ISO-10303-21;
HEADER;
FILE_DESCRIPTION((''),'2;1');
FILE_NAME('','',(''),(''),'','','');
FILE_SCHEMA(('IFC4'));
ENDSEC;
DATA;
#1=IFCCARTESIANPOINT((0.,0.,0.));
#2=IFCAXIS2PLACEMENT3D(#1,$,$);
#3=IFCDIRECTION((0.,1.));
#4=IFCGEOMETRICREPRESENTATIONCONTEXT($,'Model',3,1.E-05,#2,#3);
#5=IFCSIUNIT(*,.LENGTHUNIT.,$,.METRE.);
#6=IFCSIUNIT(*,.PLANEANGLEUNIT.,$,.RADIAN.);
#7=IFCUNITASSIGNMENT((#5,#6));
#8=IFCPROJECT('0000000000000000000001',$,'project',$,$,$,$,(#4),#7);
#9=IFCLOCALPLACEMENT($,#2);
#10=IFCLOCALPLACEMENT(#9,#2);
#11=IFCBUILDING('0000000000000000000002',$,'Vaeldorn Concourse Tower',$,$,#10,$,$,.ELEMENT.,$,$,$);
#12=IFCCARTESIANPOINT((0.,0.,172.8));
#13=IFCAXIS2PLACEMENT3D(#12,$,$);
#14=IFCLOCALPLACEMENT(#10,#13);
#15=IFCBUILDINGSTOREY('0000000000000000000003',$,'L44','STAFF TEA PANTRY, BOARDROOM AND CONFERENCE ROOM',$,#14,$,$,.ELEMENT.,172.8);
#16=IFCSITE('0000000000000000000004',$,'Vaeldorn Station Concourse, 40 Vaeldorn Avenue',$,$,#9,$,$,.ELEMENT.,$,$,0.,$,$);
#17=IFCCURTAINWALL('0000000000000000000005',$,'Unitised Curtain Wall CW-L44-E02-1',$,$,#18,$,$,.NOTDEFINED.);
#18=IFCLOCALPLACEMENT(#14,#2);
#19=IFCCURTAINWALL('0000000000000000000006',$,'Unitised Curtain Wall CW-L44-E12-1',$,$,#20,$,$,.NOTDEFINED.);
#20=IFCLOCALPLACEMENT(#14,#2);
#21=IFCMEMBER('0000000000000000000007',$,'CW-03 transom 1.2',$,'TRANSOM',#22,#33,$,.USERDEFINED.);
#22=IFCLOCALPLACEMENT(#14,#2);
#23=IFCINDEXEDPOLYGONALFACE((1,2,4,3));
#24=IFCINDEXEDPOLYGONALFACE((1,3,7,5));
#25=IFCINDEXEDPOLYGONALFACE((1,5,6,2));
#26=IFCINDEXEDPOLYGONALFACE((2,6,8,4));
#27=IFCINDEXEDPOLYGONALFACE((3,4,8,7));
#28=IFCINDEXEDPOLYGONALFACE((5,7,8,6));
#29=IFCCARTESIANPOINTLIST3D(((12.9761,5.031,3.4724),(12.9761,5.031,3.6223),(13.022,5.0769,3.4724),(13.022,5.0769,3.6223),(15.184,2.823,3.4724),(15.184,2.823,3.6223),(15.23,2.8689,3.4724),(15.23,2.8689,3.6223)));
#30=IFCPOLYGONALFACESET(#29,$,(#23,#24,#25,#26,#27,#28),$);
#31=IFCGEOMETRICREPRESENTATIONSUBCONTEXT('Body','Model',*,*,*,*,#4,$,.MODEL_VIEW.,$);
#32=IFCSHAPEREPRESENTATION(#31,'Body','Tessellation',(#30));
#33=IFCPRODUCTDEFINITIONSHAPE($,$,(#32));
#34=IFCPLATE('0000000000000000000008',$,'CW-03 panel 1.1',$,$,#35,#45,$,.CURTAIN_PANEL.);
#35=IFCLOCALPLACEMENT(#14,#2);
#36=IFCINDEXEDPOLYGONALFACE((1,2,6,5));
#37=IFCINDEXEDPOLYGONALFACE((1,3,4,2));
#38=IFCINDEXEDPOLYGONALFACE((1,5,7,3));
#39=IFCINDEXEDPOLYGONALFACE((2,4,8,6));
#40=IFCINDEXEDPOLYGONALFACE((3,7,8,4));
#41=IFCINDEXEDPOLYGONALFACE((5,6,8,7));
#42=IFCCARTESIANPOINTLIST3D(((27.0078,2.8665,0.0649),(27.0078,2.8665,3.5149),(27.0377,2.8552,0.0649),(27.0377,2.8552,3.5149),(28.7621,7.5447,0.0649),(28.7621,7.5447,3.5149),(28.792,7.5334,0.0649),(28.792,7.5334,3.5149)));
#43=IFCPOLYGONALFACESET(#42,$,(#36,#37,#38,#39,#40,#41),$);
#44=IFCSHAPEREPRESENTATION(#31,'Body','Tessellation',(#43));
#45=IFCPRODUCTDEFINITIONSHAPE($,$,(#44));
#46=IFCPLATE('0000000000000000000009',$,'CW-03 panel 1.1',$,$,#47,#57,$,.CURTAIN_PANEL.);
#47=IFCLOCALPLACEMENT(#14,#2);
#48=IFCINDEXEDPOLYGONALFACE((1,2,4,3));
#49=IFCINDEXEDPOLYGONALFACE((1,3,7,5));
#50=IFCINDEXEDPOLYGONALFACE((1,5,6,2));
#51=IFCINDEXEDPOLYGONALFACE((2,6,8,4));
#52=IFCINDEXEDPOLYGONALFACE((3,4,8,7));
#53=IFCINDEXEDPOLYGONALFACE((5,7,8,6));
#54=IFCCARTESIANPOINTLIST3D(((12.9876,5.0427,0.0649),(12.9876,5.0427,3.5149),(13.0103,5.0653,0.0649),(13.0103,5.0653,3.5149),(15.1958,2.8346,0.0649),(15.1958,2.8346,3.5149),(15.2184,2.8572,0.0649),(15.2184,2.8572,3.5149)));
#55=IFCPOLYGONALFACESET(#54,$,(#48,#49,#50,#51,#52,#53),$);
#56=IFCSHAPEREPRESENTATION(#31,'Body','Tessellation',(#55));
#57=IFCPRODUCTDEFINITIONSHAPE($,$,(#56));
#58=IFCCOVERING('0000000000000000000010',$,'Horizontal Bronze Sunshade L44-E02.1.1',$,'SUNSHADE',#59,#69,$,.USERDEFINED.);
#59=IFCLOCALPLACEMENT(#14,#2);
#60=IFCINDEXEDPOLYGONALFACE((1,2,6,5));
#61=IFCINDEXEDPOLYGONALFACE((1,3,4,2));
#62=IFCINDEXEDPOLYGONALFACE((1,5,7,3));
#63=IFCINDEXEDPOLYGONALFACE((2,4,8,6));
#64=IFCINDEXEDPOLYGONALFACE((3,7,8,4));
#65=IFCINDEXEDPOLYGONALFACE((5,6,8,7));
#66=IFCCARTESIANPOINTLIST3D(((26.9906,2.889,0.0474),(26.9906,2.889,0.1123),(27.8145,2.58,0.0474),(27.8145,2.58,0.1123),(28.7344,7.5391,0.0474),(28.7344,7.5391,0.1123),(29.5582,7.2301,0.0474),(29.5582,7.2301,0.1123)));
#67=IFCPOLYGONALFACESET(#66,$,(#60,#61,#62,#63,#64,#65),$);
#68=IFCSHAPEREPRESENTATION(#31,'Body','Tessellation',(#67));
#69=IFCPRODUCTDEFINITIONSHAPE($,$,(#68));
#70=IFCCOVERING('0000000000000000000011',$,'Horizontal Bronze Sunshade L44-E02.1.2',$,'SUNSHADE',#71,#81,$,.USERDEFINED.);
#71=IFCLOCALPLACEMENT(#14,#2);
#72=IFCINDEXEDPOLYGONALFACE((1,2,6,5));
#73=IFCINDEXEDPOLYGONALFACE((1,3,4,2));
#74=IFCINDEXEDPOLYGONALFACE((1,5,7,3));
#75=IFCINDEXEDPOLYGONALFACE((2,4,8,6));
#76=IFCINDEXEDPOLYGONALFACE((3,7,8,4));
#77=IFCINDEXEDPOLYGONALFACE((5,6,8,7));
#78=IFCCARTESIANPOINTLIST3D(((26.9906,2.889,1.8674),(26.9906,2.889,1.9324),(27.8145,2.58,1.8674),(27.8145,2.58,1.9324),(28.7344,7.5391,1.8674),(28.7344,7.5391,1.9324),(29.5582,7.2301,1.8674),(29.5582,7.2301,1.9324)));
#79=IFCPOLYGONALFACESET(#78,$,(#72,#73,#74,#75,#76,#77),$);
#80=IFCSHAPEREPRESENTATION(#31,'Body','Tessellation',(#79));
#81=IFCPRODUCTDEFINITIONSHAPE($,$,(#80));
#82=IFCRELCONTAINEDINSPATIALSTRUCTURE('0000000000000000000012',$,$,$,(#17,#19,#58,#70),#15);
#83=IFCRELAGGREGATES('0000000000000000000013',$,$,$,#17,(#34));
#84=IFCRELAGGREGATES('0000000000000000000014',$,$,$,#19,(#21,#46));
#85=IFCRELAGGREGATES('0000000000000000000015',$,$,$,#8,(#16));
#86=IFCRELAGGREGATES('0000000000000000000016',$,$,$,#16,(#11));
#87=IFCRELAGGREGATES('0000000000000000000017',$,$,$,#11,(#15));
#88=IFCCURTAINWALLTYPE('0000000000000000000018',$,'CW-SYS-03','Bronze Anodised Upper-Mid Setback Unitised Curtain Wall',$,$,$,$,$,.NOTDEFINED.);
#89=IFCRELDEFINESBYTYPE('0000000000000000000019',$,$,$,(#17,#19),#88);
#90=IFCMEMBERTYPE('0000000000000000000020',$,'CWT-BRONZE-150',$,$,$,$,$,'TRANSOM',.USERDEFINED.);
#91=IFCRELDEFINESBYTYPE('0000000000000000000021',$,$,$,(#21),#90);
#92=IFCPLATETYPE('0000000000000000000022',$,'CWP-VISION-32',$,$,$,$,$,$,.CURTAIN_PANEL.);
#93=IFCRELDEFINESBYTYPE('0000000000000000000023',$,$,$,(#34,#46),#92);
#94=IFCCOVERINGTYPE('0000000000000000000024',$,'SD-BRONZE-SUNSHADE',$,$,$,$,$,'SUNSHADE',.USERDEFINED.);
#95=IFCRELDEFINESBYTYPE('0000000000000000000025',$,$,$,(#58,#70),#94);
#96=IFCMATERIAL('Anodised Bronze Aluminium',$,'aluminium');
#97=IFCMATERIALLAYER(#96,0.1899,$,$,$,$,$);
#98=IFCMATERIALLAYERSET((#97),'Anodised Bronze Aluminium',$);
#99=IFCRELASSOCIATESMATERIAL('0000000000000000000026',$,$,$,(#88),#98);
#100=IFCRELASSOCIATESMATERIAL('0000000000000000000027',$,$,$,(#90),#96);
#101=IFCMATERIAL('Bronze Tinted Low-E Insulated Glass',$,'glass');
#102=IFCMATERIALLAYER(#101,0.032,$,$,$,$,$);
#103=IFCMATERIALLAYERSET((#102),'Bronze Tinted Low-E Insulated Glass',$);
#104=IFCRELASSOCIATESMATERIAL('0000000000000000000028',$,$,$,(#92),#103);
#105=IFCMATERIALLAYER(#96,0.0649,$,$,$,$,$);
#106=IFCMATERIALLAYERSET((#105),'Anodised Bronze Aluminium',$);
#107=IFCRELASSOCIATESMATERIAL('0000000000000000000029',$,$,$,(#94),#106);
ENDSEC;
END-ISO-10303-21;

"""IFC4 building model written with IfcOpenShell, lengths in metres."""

from ifc_helpers import new_model, si_unit, direction, frame, origin, origin_2d, place, context, subcontext, project, spatial, rectangle, extrude, source, transform, mapped, material, layer, layer_set, material_profile, profile_set, type_object, element, aggregate, save


model = new_model("IFC4")

# Units and contexts
model_context = context("Model", 3, precision=1e-05, world=origin(), true_north=direction((0.0, 1.0)))
body_context = subcontext(model_context, "Body", "Model", "MODEL_VIEW")
ifc_project = project(units=[si_unit("LENGTHUNIT", "METRE"), si_unit("PLANEANGLEUNIT", "RADIAN")], contexts=[model_context])

# Site, building, storey
site_placement = place(None, origin())
site = spatial("IfcSite", under=ifc_project, at=site_placement, Name="Vaeldorn Station Concourse, 40 Vaeldorn Avenue", CompositionType="ELEMENT", RefElevation=0.0)
building_placement = place(site_placement, origin())
building = spatial("IfcBuilding", under=site, at=building_placement, Name="Vaeldorn Concourse Tower", CompositionType="ELEMENT")
storey_placement = place(building_placement, frame((0.0, 0.0, 172.8)))
storey = spatial("IfcBuildingStorey", under=building, at=storey_placement, Name="L44", Description="STAFF TEA PANTRY, BOARDROOM AND CONFERENCE ROOM", CompositionType="ELEMENT", Elevation=172.8)

# Curtain walls
ifc_material_1 = material(Name="Anodised Bronze Aluminium", Category="aluminium")
ifc_layer_1 = layer(ifc_material_1, 0.1899)
ifc_layer_set_1 = layer_set([ifc_layer_1], Name="Anodised Bronze Aluminium")
curtain_wall_type = type_object("IfcCurtainWallType", Name="CW-SYS-03", Description="Bronze Anodised Upper-Mid Setback Unitised Curtain Wall", PredefinedType="NOTDEFINED", material=ifc_layer_set_1)
curtain_wall_1_placement = place(storey_placement, origin())
curtain_wall_1 = element("IfcCurtainWall", 1, at=curtain_wall_1_placement, inside=storey, type_object=curtain_wall_type, Name="Unitised Curtain Wall CW-L44-E02-1", PredefinedType="NOTDEFINED")
curtain_wall_2_placement = place(storey_placement, origin())
curtain_wall_2 = element("IfcCurtainWall", 2, at=curtain_wall_2_placement, inside=storey, type_object=curtain_wall_type, Name="Unitised Curtain Wall CW-L44-E12-1", PredefinedType="NOTDEFINED")

# Member
ifc_material_profile_1 = material_profile(ifc_material_1, rectangle(XDim=0.0649, YDim=0.1499, at=origin_2d()), Name="CWT 65x150")
ifc_profile_set_1 = profile_set([ifc_material_profile_1], Name="Anodised Bronze Aluminium")
member_type_1 = type_object("IfcMemberType", Name="CWT-BRONZE-150", ElementType="TRANSOM", PredefinedType="USERDEFINED", material=ifc_profile_set_1)
shared_shape_1 = source(origin(), body_context, "Body", "SweptSolid", [
    extrude(rectangle(XDim=0.0649, YDim=0.1499, at=origin_2d()), origin(), (0.0, 0.0, 1.0), 3.1226),
])
member_1_placement = place(storey_placement, frame((12.999, 5.054, 3.5474), z_axis=(0.707107, -0.707107, 0.0), x_axis=(0.707107, 0.707107, 0.0)))
member_1 = element("IfcMember", 3, at=member_1_placement, type_object=member_type_1, Name="CW-03 transom 1.2", ObjectType="TRANSOM", PredefinedType="USERDEFINED", context=body_context, shape_type="MappedRepresentation", body=[
    mapped(shared_shape_1, transform((0.0, 0.0, 0.0), scale=1.0)),
])

# Plates
ifc_material_2 = material(Name="Bronze Tinted Low-E Insulated Glass", Category="glass")
ifc_layer_2 = layer(ifc_material_2, 0.032)
ifc_layer_set_2 = layer_set([ifc_layer_2], Name="Bronze Tinted Low-E Insulated Glass")
plate_type = type_object("IfcPlateType", Name="CWP-VISION-32", PredefinedType="CURTAIN_PANEL", material=ifc_layer_set_2)
shared_shape_2 = source(origin(), body_context, "Body", "SweptSolid", [
    extrude(rectangle(XDim=4.9963, YDim=0.032, at=origin_2d()), origin(), (0.0, 0.0, 1.0), 3.45),
])
plate_1_placement = place(storey_placement, frame((27.8999, 5.2, 0.0649), z_axis=(0.0, 0.0, 1.0), x_axis=(0.351123, 0.936329, 0.0)))
plate_1 = element("IfcPlate", 4, at=plate_1_placement, type_object=plate_type, Name="CW-03 panel 1.1", PredefinedType="CURTAIN_PANEL", context=body_context, shape_type="MappedRepresentation", body=[
    mapped(shared_shape_2, transform((0.0, 0.0, 0.0), scale=1.0)),
])
aggregate(curtain_wall_1, [plate_1])
shared_shape_3 = source(origin(), body_context, "Body", "SweptSolid", [
    extrude(rectangle(XDim=3.1228, YDim=0.032, at=origin_2d()), origin(), (0.0, 0.0, 1.0), 3.45),
])
plate_2_placement = place(storey_placement, frame((14.103, 3.95, 0.0649), z_axis=(0.0, 0.0, 1.0), x_axis=(0.707107, -0.707107, 0.0)))
plate_2 = element("IfcPlate", 5, at=plate_2_placement, type_object=plate_type, Name="CW-03 panel 1.1", PredefinedType="CURTAIN_PANEL", context=body_context, shape_type="MappedRepresentation", body=[
    mapped(shared_shape_3, transform((0.0, 0.0, 0.0), scale=1.0)),
])
aggregate(curtain_wall_2, [member_1, plate_2])

# Coverings
ifc_layer_3 = layer(ifc_material_1, 0.0649)
ifc_layer_set_3 = layer_set([ifc_layer_3], Name="Anodised Bronze Aluminium")
covering_type = type_object("IfcCoveringType", Name="SD-BRONZE-SUNSHADE", ElementType="SUNSHADE", PredefinedType="USERDEFINED", material=ifc_layer_set_3)
shared_shape_4 = source(origin(), body_context, "Body", "SweptSolid", [
    extrude(rectangle(XDim=4.9663, YDim=0.8799, at=origin_2d()), origin(), (0.0, 0.0, 1.0), 0.0649),
])
for number, where, z_axis, x_axis, name in (
    (6, (28.2744, 5.0596, 0.0474), (0.0, 0.0, 1.0), (0.351123, 0.936329, 0.0), "Horizontal Bronze Sunshade L44-E02.1.1"),
    (7, (28.2744, 5.0596, 1.8674), (0.0, 0.0, 1.0), (0.351123, 0.936329, 0.0), "Horizontal Bronze Sunshade L44-E02.1.2"),
):
    element("IfcCovering", number, at=place(storey_placement, frame(where, z_axis=z_axis, x_axis=x_axis)), inside=storey, type_object=covering_type, Name=name, ObjectType="SUNSHADE", PredefinedType="USERDEFINED", context=body_context, shape_type="MappedRepresentation", body=[
        mapped(shared_shape_4, transform((0.0, 0.0, 0.0), scale=1.0)),
    ])

save(model, "model.ifc")
